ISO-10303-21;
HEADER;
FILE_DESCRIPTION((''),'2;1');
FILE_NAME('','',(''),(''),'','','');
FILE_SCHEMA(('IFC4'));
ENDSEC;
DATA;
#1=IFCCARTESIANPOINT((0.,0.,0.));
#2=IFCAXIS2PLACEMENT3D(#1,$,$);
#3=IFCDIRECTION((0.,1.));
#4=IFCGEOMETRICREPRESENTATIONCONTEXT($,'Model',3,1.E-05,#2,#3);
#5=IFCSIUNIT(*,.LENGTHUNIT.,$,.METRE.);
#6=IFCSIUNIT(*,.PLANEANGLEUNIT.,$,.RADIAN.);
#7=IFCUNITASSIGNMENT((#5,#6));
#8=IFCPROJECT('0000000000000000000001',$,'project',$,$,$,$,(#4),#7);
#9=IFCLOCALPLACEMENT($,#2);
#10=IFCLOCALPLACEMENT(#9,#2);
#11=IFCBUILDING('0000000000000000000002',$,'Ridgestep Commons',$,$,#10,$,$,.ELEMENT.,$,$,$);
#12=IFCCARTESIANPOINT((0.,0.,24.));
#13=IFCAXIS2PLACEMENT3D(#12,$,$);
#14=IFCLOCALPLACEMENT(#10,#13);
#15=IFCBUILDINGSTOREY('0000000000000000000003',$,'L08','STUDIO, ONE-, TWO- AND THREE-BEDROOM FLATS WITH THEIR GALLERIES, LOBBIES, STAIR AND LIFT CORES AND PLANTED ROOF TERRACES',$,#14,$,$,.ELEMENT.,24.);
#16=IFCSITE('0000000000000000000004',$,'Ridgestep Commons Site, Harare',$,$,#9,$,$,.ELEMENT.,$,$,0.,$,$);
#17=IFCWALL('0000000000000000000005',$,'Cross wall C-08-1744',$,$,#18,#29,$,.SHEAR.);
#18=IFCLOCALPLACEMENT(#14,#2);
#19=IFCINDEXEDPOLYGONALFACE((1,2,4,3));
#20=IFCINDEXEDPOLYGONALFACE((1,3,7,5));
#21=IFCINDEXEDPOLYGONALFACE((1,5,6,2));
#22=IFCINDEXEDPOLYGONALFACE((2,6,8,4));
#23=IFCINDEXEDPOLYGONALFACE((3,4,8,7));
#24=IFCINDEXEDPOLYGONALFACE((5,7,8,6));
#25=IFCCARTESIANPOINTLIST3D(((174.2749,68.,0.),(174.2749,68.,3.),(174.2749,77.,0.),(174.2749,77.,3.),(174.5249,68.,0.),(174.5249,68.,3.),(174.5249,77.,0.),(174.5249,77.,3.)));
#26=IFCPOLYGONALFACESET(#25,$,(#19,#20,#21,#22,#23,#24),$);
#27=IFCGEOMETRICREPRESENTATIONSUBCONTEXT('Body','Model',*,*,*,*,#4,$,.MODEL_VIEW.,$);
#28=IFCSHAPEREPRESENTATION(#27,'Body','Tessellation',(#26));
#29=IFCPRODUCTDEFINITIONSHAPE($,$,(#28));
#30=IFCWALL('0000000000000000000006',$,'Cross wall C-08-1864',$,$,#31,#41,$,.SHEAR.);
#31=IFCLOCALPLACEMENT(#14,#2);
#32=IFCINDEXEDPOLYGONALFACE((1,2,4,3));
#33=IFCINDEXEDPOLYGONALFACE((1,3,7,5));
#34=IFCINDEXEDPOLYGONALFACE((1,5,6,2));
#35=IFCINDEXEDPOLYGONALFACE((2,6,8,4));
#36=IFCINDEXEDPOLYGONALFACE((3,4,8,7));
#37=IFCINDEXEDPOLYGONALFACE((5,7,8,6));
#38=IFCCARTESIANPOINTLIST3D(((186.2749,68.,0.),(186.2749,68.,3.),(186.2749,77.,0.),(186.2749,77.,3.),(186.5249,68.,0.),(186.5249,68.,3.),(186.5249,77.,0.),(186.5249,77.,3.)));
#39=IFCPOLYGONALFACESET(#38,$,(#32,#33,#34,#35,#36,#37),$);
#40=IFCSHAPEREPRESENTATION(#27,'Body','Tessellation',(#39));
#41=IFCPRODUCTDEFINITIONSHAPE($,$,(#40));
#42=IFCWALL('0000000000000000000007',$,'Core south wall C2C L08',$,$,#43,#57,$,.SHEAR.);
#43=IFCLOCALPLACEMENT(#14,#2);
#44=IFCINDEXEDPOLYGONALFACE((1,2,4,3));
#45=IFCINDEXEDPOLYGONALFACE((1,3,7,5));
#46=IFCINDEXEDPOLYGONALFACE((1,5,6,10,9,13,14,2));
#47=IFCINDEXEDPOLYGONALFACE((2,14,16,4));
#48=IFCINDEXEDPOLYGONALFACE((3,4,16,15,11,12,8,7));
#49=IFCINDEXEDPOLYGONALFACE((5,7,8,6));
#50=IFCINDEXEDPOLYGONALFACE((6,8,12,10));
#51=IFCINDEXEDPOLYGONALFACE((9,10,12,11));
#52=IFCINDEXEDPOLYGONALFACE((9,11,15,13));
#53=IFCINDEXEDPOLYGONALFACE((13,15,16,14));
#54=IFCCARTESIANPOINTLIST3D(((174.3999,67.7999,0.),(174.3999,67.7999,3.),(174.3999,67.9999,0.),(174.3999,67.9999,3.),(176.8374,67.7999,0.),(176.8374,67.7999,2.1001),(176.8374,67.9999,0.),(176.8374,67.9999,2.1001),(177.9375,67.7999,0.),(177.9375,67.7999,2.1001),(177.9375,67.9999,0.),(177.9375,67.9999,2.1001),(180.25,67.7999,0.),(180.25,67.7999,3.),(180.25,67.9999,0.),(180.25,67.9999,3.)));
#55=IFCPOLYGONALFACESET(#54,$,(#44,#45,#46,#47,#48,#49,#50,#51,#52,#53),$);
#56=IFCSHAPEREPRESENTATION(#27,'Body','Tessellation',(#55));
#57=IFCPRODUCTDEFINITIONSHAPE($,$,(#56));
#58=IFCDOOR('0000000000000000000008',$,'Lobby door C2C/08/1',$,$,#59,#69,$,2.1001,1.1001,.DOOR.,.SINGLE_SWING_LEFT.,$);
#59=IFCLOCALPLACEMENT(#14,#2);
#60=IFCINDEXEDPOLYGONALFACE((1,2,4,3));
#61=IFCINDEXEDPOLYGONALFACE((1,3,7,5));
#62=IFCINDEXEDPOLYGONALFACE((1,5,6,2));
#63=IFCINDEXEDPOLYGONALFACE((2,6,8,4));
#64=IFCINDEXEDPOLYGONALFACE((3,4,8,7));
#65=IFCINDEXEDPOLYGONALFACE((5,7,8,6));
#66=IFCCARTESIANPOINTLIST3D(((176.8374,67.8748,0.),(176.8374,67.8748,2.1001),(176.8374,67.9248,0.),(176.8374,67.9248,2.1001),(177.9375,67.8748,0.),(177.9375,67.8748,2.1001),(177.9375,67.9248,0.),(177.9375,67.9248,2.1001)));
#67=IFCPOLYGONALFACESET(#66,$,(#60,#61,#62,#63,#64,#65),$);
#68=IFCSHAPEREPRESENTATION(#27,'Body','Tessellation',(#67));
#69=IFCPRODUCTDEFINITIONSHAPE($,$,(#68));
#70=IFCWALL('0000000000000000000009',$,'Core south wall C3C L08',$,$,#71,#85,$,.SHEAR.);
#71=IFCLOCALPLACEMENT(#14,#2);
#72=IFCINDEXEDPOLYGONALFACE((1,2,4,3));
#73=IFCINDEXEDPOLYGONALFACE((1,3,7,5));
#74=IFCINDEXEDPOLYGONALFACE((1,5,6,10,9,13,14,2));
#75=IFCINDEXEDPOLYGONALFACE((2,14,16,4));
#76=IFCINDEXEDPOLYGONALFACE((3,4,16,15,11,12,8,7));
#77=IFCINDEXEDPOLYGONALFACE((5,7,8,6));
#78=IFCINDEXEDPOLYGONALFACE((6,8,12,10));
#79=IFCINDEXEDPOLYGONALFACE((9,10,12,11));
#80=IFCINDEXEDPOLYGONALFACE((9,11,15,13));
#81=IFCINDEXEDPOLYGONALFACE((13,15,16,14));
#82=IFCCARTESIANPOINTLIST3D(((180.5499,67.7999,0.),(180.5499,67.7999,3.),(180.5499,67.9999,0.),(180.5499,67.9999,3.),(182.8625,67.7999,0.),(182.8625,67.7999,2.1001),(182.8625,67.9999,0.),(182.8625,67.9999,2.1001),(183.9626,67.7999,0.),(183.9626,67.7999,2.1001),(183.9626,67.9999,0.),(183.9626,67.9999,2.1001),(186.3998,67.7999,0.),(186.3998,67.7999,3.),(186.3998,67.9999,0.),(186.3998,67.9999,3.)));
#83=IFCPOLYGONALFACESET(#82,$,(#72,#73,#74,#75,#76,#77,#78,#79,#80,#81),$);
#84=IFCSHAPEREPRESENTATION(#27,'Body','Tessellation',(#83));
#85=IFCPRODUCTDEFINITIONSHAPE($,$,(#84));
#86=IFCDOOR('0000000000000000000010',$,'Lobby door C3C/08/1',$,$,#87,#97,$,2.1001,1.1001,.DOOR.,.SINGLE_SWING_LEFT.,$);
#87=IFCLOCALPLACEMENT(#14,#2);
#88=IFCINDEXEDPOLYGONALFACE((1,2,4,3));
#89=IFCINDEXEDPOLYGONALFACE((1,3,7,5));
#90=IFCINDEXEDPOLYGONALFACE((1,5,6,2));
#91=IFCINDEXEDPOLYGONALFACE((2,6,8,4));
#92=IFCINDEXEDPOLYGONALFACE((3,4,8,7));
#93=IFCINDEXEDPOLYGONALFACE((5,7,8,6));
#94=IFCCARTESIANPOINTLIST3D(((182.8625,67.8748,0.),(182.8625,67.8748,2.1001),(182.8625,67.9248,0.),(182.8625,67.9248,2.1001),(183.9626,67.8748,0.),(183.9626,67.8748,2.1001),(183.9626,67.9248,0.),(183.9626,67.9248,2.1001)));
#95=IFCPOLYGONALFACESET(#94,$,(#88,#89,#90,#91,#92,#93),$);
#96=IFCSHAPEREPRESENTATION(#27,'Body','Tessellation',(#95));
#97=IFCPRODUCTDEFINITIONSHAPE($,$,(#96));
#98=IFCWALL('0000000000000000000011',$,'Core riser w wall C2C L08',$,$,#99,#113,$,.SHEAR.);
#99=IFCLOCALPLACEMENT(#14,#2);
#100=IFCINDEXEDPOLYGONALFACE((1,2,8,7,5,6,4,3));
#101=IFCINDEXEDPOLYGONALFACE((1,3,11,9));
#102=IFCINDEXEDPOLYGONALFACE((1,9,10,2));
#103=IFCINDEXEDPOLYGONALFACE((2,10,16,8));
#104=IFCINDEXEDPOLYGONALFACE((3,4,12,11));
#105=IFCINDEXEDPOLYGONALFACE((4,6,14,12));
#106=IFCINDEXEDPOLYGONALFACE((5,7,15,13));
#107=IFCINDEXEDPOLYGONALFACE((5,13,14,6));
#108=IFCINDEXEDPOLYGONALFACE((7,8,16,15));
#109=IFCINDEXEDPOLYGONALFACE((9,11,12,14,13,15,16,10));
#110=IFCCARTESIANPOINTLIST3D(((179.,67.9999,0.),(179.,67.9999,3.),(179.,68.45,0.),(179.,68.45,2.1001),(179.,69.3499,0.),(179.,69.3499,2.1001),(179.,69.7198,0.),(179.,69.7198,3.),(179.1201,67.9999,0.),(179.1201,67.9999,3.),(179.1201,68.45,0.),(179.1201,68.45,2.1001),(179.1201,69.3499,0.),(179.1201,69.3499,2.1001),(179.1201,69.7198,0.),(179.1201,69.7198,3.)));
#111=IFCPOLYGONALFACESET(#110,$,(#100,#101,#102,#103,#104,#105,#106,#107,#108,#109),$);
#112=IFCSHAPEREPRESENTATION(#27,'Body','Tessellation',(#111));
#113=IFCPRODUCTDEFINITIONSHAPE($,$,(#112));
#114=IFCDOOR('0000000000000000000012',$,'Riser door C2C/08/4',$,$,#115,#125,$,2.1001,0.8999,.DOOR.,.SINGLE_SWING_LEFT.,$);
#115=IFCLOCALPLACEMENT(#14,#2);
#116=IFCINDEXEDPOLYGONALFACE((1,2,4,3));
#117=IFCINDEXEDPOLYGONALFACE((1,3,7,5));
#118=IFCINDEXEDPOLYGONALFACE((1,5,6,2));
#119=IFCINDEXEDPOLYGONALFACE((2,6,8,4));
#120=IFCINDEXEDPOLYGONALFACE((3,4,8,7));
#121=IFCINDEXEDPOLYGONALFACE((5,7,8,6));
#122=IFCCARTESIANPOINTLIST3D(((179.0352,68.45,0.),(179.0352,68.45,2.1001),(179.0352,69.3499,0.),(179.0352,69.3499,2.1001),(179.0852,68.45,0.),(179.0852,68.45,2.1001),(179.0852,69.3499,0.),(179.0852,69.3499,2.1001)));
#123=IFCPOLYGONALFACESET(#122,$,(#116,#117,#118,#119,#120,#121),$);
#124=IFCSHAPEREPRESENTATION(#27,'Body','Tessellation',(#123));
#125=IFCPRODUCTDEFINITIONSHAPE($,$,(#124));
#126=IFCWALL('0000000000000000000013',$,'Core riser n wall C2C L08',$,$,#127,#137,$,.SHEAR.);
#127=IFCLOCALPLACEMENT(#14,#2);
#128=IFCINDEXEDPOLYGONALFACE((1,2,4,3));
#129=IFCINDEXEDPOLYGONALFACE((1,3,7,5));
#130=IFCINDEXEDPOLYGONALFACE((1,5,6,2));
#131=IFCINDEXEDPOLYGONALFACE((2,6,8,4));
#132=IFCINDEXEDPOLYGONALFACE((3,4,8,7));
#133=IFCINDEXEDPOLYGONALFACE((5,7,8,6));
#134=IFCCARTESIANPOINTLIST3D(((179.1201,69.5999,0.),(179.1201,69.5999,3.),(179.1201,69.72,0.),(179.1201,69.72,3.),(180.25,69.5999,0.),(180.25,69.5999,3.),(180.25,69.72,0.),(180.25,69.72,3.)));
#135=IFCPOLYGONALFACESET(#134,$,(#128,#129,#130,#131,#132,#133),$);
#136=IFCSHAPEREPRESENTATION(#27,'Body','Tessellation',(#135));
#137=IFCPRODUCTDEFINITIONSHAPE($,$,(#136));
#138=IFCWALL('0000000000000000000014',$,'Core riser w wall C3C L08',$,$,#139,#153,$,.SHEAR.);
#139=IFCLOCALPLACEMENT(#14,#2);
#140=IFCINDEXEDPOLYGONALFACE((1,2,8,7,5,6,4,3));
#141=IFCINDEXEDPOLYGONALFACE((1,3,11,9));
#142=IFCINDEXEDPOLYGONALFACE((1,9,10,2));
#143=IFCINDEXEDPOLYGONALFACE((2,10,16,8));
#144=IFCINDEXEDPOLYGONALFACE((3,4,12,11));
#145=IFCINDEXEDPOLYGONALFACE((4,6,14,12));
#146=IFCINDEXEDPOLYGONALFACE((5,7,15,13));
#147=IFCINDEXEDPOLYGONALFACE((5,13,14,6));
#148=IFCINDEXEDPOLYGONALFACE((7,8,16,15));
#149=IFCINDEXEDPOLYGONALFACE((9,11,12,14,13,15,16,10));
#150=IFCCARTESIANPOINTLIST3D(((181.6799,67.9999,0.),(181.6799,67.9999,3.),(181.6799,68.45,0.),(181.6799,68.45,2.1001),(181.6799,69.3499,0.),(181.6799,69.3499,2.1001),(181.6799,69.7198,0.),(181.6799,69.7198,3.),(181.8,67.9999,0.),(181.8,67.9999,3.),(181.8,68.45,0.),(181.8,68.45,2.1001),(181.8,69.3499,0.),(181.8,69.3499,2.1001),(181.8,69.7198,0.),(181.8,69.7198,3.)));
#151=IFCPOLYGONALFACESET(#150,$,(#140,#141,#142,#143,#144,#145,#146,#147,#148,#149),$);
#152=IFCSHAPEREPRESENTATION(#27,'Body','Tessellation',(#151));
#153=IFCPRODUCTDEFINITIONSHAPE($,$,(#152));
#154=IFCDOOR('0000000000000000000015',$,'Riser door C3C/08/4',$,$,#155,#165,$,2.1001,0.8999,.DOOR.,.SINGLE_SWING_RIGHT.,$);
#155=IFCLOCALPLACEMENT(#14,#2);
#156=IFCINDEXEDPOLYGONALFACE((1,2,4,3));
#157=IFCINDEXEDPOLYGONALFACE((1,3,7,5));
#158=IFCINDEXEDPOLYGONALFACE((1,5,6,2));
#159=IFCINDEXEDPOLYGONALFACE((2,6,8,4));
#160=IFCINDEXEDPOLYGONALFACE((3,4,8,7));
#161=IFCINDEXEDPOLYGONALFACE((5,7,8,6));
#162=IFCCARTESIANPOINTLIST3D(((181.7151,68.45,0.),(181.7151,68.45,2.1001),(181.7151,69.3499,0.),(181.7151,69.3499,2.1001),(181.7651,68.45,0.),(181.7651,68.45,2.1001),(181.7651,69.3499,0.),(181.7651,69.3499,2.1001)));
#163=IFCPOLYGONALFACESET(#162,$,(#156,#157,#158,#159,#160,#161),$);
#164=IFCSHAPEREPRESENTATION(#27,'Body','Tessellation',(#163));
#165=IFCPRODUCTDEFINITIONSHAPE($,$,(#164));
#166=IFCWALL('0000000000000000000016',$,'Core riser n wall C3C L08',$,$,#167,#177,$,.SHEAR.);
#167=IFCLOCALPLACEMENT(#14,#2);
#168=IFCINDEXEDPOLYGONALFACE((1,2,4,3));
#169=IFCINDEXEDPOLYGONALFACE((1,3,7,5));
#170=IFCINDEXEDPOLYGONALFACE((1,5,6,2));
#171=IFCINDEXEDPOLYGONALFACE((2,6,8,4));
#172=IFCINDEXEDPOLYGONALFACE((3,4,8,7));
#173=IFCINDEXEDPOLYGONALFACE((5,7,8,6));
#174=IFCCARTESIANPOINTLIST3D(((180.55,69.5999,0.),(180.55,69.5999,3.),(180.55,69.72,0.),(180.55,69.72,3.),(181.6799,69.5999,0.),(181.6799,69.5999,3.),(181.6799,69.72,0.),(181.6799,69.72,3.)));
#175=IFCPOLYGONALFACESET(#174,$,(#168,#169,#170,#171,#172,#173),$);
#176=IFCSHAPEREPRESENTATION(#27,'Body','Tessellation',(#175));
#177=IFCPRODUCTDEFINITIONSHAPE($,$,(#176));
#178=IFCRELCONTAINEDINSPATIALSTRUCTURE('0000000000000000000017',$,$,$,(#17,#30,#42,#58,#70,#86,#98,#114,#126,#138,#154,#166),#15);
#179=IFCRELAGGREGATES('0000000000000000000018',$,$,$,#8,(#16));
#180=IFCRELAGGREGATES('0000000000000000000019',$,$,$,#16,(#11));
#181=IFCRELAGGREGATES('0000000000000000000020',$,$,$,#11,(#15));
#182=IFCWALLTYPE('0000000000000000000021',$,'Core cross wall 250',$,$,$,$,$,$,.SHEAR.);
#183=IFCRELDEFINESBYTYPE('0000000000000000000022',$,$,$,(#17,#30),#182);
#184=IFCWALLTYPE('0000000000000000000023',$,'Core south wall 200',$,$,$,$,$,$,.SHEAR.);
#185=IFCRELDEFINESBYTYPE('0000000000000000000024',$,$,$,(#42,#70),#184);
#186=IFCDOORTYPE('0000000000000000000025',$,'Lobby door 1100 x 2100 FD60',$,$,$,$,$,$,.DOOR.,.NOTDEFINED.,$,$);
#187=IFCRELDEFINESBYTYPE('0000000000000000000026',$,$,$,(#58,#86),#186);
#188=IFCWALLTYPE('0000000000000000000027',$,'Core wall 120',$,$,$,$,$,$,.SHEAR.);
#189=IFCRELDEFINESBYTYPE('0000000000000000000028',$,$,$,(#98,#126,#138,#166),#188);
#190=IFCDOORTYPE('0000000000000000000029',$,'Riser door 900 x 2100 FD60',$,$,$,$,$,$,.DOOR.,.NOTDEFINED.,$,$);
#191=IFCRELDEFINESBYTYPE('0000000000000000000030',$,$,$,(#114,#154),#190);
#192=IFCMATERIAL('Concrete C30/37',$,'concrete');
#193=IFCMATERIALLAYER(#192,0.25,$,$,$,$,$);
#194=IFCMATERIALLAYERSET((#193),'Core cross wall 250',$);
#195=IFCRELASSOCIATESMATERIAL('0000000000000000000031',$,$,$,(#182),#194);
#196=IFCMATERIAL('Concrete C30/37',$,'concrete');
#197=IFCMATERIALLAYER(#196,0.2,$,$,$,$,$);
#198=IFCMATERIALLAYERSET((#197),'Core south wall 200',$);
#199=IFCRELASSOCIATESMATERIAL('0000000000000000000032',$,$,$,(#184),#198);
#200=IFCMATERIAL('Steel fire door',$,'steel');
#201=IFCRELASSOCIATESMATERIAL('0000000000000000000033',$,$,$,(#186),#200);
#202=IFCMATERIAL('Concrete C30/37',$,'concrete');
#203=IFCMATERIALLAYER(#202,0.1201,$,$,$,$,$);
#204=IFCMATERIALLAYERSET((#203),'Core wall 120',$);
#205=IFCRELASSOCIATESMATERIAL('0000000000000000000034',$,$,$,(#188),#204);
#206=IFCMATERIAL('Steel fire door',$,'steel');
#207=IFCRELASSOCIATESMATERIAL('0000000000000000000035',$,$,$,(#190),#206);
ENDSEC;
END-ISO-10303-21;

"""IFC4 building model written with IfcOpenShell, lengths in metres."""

from ifc_helpers import new_model, si_unit, direction, frame, frame_2d, origin, place, context, subcontext, project, spatial, rectangle, extrude, material, layer, layer_set, type_object, element, fill, save


model = new_model("IFC4")

# Units and contexts
model_context = context("Model", 3, precision=1e-05, world=origin(), true_north=direction((0.0, 1.0)))
body_context = subcontext(model_context, "Body", "Model", "MODEL_VIEW")
ifc_project = project(units=[si_unit("LENGTHUNIT", "METRE"), si_unit("PLANEANGLEUNIT", "RADIAN")], contexts=[model_context])

# Site, building, storey
site_placement = place(None, origin())
site = spatial("IfcSite", under=ifc_project, at=site_placement, Name="Ridgestep Commons Site, Harare", CompositionType="ELEMENT", RefElevation=0.0)
building_placement = place(site_placement, origin())
building = spatial("IfcBuilding", under=site, at=building_placement, Name="Ridgestep Commons", CompositionType="ELEMENT")
storey_placement = place(building_placement, frame((0.0, 0.0, 24.0)))
storey = spatial("IfcBuildingStorey", under=building, at=storey_placement, Name="L08", Description="STUDIO, ONE-, TWO- AND THREE-BEDROOM FLATS WITH THEIR GALLERIES, LOBBIES, STAIR AND LIFT CORES AND PLANTED ROOF TERRACES", CompositionType="ELEMENT", Elevation=24.0)

# Walls
ifc_material_1 = material(Name="Concrete C30/37", Category="concrete")
ifc_layer_1 = layer(ifc_material_1, 0.25)
ifc_layer_set_1 = layer_set([ifc_layer_1], Name="Core cross wall 250")
wall_type_1 = type_object("IfcWallType", Name="Core cross wall 250", PredefinedType="SHEAR", material=ifc_layer_set_1)
for number, where, z_axis, x_axis, name in (
    (1, (174.3999, 68.0, 0.0), (0.0, 0.0, 1.0), (0.0, 1.0, 0.0), "Cross wall C-08-1744"),
    (2, (186.3999, 68.0, 0.0), (0.0, 0.0, 1.0), (0.0, 1.0, 0.0), "Cross wall C-08-1864"),
):
    element("IfcWall", number, at=place(storey_placement, frame(where, z_axis=z_axis, x_axis=x_axis)), inside=storey, type_object=wall_type_1, Name=name, PredefinedType="SHEAR", context=body_context, shape_type="SweptSolid", body=[
        extrude(rectangle(XDim=9.0, YDim=0.25, at=frame_2d((4.5, 0.0))), origin(), (0.0, 0.0, 1.0), 3.0),
    ])

# Walls, openings, doors
ifc_material_2 = material(Name="Concrete C30/37", Category="concrete")
ifc_layer_2 = layer(ifc_material_2, 0.2)
ifc_layer_set_2 = layer_set([ifc_layer_2], Name="Core south wall 200")
wall_type_2 = type_object("IfcWallType", Name="Core south wall 200", PredefinedType="SHEAR", material=ifc_layer_set_2)
wall_1_placement = place(storey_placement, frame((174.3999, 67.8999, 0.0), z_axis=(0.0, 0.0, 1.0), x_axis=(1.0, 0.0, 0.0)))
wall_1 = element("IfcWall", 3, at=wall_1_placement, inside=storey, type_object=wall_type_2, Name="Core south wall C2C L08", PredefinedType="SHEAR", context=body_context, shape_type="SweptSolid", body=[
    extrude(rectangle(XDim=5.8501, YDim=0.2, at=frame_2d((2.925, 0.0))), origin(), (0.0, 0.0, 1.0), 3.0),
])
opening_1_placement = place(wall_1_placement, frame((2.4375, 0.0, 0.0)))
opening_1 = element("IfcOpeningElement", 4, at=opening_1_placement, cuts=wall_1, PredefinedType="OPENING", context=body_context, shape_type="SweptSolid", body=[
    extrude(rectangle(XDim=1.1001, YDim=2.1001, at=frame_2d((0.55, 1.05))), frame((0.0, 0.1099, 0.0), z_axis=(0.0, -1.0, 0.0), x_axis=(1.0, 0.0, 0.0)), (0.0, 0.0, 1.0), 0.22),
])
ifc_material_3 = material(Name="Steel fire door", Category="steel")
door_type_1 = type_object("IfcDoorType", Name="Lobby door 1100 x 2100 FD60", OperationType="NOTDEFINED", PredefinedType="DOOR", material=ifc_material_3)
door_1_placement = place(opening_1_placement, origin())
door_1 = element("IfcDoor", 5, at=door_1_placement, inside=storey, type_object=door_type_1, Name="Lobby door C2C/08/1", OperationType="SINGLE_SWING_LEFT", OverallHeight=2.1001, OverallWidth=1.1001, PredefinedType="DOOR", context=body_context, shape_type="SweptSolid", body=[
    extrude(rectangle(XDim=1.1001, YDim=2.1001, at=frame_2d((0.55, 1.05))), frame((0.0, 0.0249, 0.0), z_axis=(0.0, -1.0, 0.0), x_axis=(1.0, 0.0, 0.0)), (0.0, 0.0, 1.0), 0.05),
])
fill(opening_1, door_1)
wall_2_placement = place(storey_placement, frame((180.55, 67.8999, 0.0), z_axis=(0.0, 0.0, 1.0), x_axis=(1.0, 0.0, 0.0)))
wall_2 = element("IfcWall", 6, at=wall_2_placement, inside=storey, type_object=wall_type_2, Name="Core south wall C3C L08", PredefinedType="SHEAR", context=body_context, shape_type="SweptSolid", body=[
    extrude(rectangle(XDim=5.8499, YDim=0.2, at=frame_2d((2.9248, 0.0))), origin(), (0.0, 0.0, 1.0), 3.0),
])
opening_2_placement = place(wall_2_placement, frame((2.3125, 0.0, 0.0)))
opening_2 = element("IfcOpeningElement", 7, at=opening_2_placement, cuts=wall_2, PredefinedType="OPENING", context=body_context, shape_type="SweptSolid", body=[
    extrude(rectangle(XDim=1.1001, YDim=2.1001, at=frame_2d((0.55, 1.05))), frame((0.0, 0.1099, 0.0), z_axis=(0.0, -1.0, 0.0), x_axis=(1.0, 0.0, 0.0)), (0.0, 0.0, 1.0), 0.22),
])
door_2_placement = place(opening_2_placement, origin())
door_2 = element("IfcDoor", 8, at=door_2_placement, inside=storey, type_object=door_type_1, Name="Lobby door C3C/08/1", OperationType="SINGLE_SWING_LEFT", OverallHeight=2.1001, OverallWidth=1.1001, PredefinedType="DOOR", context=body_context, shape_type="SweptSolid", body=[
    extrude(rectangle(XDim=1.1001, YDim=2.1001, at=frame_2d((0.55, 1.05))), frame((0.0, 0.0249, 0.0), z_axis=(0.0, -1.0, 0.0), x_axis=(1.0, 0.0, 0.0)), (0.0, 0.0, 1.0), 0.05),
])
fill(opening_2, door_2)
ifc_material_4 = material(Name="Concrete C30/37", Category="concrete")
ifc_layer_3 = layer(ifc_material_4, 0.1201)
ifc_layer_set_3 = layer_set([ifc_layer_3], Name="Core wall 120")
wall_type_3 = type_object("IfcWallType", Name="Core wall 120", PredefinedType="SHEAR", material=ifc_layer_set_3)
wall_3_placement = place(storey_placement, frame((179.0601, 68.0, 0.0), z_axis=(0.0, 0.0, 1.0), x_axis=(0.0, 1.0, 0.0)))
wall_3 = element("IfcWall", 9, at=wall_3_placement, inside=storey, type_object=wall_type_3, Name="Core riser w wall C2C L08", PredefinedType="SHEAR", context=body_context, shape_type="SweptSolid", body=[
    extrude(rectangle(XDim=1.72, YDim=0.1201, at=frame_2d((0.8599, 0.0))), origin(), (0.0, 0.0, 1.0), 3.0),
])
opening_3_placement = place(wall_3_placement, frame((0.45, 0.0, 0.0)))
opening_3 = element("IfcOpeningElement", 10, at=opening_3_placement, cuts=wall_3, PredefinedType="OPENING", context=body_context, shape_type="SweptSolid", body=[
    extrude(rectangle(XDim=0.8999, YDim=2.1001, at=frame_2d((0.45, 1.05))), frame((0.0, 0.0701, 0.0), z_axis=(0.0, -1.0, 0.0), x_axis=(1.0, 0.0, 0.0)), (0.0, 0.0, 1.0), 0.1401),
])
ifc_material_5 = material(Name="Steel fire door", Category="steel")
door_type_2 = type_object("IfcDoorType", Name="Riser door 900 x 2100 FD60", OperationType="NOTDEFINED", PredefinedType="DOOR", material=ifc_material_5)
door_3_placement = place(opening_3_placement, origin())
door_3 = element("IfcDoor", 11, at=door_3_placement, inside=storey, type_object=door_type_2, Name="Riser door C2C/08/4", OperationType="SINGLE_SWING_LEFT", OverallHeight=2.1001, OverallWidth=0.8999, PredefinedType="DOOR", context=body_context, shape_type="SweptSolid", body=[
    extrude(rectangle(XDim=0.8999, YDim=2.1001, at=frame_2d((0.45, 1.05))), frame((0.0, 0.0249, 0.0), z_axis=(0.0, -1.0, 0.0), x_axis=(1.0, 0.0, 0.0)), (0.0, 0.0, 1.0), 0.05),
])
fill(opening_3, door_3)

# Wall
wall_4_placement = place(storey_placement, frame((179.1201, 69.6599, 0.0), z_axis=(0.0, 0.0, 1.0), x_axis=(1.0, 0.0, 0.0)))
element("IfcWall", 12, at=wall_4_placement, inside=storey, type_object=wall_type_3, Name="Core riser n wall C2C L08", PredefinedType="SHEAR", context=body_context, shape_type="SweptSolid", body=[
    extrude(rectangle(XDim=1.1299, YDim=0.1201, at=frame_2d((0.5649, 0.0))), origin(), (0.0, 0.0, 1.0), 3.0),
])

# Wall, opening, door
wall_5_placement = place(storey_placement, frame((181.74, 68.0, 0.0), z_axis=(0.0, 0.0, 1.0), x_axis=(0.0, 1.0, 0.0)))
wall_5 = element("IfcWall", 13, at=wall_5_placement, inside=storey, type_object=wall_type_3, Name="Core riser w wall C3C L08", PredefinedType="SHEAR", context=body_context, shape_type="SweptSolid", body=[
    extrude(rectangle(XDim=1.72, YDim=0.1201, at=frame_2d((0.8599, 0.0))), origin(), (0.0, 0.0, 1.0), 3.0),
])
opening_4_placement = place(wall_5_placement, frame((0.45, 0.0, 0.0)))
opening_4 = element("IfcOpeningElement", 14, at=opening_4_placement, cuts=wall_5, PredefinedType="OPENING", context=body_context, shape_type="SweptSolid", body=[
    extrude(rectangle(XDim=0.8999, YDim=2.1001, at=frame_2d((0.45, 1.05))), frame((0.0, 0.0701, 0.0), z_axis=(0.0, -1.0, 0.0), x_axis=(1.0, 0.0, 0.0)), (0.0, 0.0, 1.0), 0.1401),
])
door_4_placement = place(opening_4_placement, origin())
door_4 = element("IfcDoor", 15, at=door_4_placement, inside=storey, type_object=door_type_2, Name="Riser door C3C/08/4", OperationType="SINGLE_SWING_RIGHT", OverallHeight=2.1001, OverallWidth=0.8999, PredefinedType="DOOR", context=body_context, shape_type="SweptSolid", body=[
    extrude(rectangle(XDim=0.8999, YDim=2.1001, at=frame_2d((0.45, 1.05))), frame((0.0, 0.0249, 0.0), z_axis=(0.0, -1.0, 0.0), x_axis=(1.0, 0.0, 0.0)), (0.0, 0.0, 1.0), 0.05),
])
fill(opening_4, door_4)

# Wall
wall_6_placement = place(storey_placement, frame((180.55, 69.6599, 0.0), z_axis=(0.0, 0.0, 1.0), x_axis=(1.0, 0.0, 0.0)))
element("IfcWall", 16, at=wall_6_placement, inside=storey, type_object=wall_type_3, Name="Core riser n wall C3C L08", PredefinedType="SHEAR", context=body_context, shape_type="SweptSolid", body=[
    extrude(rectangle(XDim=1.1299, YDim=0.1201, at=frame_2d((0.5649, 0.0))), origin(), (0.0, 0.0, 1.0), 3.0),
])

save(model, "model.ifc")
